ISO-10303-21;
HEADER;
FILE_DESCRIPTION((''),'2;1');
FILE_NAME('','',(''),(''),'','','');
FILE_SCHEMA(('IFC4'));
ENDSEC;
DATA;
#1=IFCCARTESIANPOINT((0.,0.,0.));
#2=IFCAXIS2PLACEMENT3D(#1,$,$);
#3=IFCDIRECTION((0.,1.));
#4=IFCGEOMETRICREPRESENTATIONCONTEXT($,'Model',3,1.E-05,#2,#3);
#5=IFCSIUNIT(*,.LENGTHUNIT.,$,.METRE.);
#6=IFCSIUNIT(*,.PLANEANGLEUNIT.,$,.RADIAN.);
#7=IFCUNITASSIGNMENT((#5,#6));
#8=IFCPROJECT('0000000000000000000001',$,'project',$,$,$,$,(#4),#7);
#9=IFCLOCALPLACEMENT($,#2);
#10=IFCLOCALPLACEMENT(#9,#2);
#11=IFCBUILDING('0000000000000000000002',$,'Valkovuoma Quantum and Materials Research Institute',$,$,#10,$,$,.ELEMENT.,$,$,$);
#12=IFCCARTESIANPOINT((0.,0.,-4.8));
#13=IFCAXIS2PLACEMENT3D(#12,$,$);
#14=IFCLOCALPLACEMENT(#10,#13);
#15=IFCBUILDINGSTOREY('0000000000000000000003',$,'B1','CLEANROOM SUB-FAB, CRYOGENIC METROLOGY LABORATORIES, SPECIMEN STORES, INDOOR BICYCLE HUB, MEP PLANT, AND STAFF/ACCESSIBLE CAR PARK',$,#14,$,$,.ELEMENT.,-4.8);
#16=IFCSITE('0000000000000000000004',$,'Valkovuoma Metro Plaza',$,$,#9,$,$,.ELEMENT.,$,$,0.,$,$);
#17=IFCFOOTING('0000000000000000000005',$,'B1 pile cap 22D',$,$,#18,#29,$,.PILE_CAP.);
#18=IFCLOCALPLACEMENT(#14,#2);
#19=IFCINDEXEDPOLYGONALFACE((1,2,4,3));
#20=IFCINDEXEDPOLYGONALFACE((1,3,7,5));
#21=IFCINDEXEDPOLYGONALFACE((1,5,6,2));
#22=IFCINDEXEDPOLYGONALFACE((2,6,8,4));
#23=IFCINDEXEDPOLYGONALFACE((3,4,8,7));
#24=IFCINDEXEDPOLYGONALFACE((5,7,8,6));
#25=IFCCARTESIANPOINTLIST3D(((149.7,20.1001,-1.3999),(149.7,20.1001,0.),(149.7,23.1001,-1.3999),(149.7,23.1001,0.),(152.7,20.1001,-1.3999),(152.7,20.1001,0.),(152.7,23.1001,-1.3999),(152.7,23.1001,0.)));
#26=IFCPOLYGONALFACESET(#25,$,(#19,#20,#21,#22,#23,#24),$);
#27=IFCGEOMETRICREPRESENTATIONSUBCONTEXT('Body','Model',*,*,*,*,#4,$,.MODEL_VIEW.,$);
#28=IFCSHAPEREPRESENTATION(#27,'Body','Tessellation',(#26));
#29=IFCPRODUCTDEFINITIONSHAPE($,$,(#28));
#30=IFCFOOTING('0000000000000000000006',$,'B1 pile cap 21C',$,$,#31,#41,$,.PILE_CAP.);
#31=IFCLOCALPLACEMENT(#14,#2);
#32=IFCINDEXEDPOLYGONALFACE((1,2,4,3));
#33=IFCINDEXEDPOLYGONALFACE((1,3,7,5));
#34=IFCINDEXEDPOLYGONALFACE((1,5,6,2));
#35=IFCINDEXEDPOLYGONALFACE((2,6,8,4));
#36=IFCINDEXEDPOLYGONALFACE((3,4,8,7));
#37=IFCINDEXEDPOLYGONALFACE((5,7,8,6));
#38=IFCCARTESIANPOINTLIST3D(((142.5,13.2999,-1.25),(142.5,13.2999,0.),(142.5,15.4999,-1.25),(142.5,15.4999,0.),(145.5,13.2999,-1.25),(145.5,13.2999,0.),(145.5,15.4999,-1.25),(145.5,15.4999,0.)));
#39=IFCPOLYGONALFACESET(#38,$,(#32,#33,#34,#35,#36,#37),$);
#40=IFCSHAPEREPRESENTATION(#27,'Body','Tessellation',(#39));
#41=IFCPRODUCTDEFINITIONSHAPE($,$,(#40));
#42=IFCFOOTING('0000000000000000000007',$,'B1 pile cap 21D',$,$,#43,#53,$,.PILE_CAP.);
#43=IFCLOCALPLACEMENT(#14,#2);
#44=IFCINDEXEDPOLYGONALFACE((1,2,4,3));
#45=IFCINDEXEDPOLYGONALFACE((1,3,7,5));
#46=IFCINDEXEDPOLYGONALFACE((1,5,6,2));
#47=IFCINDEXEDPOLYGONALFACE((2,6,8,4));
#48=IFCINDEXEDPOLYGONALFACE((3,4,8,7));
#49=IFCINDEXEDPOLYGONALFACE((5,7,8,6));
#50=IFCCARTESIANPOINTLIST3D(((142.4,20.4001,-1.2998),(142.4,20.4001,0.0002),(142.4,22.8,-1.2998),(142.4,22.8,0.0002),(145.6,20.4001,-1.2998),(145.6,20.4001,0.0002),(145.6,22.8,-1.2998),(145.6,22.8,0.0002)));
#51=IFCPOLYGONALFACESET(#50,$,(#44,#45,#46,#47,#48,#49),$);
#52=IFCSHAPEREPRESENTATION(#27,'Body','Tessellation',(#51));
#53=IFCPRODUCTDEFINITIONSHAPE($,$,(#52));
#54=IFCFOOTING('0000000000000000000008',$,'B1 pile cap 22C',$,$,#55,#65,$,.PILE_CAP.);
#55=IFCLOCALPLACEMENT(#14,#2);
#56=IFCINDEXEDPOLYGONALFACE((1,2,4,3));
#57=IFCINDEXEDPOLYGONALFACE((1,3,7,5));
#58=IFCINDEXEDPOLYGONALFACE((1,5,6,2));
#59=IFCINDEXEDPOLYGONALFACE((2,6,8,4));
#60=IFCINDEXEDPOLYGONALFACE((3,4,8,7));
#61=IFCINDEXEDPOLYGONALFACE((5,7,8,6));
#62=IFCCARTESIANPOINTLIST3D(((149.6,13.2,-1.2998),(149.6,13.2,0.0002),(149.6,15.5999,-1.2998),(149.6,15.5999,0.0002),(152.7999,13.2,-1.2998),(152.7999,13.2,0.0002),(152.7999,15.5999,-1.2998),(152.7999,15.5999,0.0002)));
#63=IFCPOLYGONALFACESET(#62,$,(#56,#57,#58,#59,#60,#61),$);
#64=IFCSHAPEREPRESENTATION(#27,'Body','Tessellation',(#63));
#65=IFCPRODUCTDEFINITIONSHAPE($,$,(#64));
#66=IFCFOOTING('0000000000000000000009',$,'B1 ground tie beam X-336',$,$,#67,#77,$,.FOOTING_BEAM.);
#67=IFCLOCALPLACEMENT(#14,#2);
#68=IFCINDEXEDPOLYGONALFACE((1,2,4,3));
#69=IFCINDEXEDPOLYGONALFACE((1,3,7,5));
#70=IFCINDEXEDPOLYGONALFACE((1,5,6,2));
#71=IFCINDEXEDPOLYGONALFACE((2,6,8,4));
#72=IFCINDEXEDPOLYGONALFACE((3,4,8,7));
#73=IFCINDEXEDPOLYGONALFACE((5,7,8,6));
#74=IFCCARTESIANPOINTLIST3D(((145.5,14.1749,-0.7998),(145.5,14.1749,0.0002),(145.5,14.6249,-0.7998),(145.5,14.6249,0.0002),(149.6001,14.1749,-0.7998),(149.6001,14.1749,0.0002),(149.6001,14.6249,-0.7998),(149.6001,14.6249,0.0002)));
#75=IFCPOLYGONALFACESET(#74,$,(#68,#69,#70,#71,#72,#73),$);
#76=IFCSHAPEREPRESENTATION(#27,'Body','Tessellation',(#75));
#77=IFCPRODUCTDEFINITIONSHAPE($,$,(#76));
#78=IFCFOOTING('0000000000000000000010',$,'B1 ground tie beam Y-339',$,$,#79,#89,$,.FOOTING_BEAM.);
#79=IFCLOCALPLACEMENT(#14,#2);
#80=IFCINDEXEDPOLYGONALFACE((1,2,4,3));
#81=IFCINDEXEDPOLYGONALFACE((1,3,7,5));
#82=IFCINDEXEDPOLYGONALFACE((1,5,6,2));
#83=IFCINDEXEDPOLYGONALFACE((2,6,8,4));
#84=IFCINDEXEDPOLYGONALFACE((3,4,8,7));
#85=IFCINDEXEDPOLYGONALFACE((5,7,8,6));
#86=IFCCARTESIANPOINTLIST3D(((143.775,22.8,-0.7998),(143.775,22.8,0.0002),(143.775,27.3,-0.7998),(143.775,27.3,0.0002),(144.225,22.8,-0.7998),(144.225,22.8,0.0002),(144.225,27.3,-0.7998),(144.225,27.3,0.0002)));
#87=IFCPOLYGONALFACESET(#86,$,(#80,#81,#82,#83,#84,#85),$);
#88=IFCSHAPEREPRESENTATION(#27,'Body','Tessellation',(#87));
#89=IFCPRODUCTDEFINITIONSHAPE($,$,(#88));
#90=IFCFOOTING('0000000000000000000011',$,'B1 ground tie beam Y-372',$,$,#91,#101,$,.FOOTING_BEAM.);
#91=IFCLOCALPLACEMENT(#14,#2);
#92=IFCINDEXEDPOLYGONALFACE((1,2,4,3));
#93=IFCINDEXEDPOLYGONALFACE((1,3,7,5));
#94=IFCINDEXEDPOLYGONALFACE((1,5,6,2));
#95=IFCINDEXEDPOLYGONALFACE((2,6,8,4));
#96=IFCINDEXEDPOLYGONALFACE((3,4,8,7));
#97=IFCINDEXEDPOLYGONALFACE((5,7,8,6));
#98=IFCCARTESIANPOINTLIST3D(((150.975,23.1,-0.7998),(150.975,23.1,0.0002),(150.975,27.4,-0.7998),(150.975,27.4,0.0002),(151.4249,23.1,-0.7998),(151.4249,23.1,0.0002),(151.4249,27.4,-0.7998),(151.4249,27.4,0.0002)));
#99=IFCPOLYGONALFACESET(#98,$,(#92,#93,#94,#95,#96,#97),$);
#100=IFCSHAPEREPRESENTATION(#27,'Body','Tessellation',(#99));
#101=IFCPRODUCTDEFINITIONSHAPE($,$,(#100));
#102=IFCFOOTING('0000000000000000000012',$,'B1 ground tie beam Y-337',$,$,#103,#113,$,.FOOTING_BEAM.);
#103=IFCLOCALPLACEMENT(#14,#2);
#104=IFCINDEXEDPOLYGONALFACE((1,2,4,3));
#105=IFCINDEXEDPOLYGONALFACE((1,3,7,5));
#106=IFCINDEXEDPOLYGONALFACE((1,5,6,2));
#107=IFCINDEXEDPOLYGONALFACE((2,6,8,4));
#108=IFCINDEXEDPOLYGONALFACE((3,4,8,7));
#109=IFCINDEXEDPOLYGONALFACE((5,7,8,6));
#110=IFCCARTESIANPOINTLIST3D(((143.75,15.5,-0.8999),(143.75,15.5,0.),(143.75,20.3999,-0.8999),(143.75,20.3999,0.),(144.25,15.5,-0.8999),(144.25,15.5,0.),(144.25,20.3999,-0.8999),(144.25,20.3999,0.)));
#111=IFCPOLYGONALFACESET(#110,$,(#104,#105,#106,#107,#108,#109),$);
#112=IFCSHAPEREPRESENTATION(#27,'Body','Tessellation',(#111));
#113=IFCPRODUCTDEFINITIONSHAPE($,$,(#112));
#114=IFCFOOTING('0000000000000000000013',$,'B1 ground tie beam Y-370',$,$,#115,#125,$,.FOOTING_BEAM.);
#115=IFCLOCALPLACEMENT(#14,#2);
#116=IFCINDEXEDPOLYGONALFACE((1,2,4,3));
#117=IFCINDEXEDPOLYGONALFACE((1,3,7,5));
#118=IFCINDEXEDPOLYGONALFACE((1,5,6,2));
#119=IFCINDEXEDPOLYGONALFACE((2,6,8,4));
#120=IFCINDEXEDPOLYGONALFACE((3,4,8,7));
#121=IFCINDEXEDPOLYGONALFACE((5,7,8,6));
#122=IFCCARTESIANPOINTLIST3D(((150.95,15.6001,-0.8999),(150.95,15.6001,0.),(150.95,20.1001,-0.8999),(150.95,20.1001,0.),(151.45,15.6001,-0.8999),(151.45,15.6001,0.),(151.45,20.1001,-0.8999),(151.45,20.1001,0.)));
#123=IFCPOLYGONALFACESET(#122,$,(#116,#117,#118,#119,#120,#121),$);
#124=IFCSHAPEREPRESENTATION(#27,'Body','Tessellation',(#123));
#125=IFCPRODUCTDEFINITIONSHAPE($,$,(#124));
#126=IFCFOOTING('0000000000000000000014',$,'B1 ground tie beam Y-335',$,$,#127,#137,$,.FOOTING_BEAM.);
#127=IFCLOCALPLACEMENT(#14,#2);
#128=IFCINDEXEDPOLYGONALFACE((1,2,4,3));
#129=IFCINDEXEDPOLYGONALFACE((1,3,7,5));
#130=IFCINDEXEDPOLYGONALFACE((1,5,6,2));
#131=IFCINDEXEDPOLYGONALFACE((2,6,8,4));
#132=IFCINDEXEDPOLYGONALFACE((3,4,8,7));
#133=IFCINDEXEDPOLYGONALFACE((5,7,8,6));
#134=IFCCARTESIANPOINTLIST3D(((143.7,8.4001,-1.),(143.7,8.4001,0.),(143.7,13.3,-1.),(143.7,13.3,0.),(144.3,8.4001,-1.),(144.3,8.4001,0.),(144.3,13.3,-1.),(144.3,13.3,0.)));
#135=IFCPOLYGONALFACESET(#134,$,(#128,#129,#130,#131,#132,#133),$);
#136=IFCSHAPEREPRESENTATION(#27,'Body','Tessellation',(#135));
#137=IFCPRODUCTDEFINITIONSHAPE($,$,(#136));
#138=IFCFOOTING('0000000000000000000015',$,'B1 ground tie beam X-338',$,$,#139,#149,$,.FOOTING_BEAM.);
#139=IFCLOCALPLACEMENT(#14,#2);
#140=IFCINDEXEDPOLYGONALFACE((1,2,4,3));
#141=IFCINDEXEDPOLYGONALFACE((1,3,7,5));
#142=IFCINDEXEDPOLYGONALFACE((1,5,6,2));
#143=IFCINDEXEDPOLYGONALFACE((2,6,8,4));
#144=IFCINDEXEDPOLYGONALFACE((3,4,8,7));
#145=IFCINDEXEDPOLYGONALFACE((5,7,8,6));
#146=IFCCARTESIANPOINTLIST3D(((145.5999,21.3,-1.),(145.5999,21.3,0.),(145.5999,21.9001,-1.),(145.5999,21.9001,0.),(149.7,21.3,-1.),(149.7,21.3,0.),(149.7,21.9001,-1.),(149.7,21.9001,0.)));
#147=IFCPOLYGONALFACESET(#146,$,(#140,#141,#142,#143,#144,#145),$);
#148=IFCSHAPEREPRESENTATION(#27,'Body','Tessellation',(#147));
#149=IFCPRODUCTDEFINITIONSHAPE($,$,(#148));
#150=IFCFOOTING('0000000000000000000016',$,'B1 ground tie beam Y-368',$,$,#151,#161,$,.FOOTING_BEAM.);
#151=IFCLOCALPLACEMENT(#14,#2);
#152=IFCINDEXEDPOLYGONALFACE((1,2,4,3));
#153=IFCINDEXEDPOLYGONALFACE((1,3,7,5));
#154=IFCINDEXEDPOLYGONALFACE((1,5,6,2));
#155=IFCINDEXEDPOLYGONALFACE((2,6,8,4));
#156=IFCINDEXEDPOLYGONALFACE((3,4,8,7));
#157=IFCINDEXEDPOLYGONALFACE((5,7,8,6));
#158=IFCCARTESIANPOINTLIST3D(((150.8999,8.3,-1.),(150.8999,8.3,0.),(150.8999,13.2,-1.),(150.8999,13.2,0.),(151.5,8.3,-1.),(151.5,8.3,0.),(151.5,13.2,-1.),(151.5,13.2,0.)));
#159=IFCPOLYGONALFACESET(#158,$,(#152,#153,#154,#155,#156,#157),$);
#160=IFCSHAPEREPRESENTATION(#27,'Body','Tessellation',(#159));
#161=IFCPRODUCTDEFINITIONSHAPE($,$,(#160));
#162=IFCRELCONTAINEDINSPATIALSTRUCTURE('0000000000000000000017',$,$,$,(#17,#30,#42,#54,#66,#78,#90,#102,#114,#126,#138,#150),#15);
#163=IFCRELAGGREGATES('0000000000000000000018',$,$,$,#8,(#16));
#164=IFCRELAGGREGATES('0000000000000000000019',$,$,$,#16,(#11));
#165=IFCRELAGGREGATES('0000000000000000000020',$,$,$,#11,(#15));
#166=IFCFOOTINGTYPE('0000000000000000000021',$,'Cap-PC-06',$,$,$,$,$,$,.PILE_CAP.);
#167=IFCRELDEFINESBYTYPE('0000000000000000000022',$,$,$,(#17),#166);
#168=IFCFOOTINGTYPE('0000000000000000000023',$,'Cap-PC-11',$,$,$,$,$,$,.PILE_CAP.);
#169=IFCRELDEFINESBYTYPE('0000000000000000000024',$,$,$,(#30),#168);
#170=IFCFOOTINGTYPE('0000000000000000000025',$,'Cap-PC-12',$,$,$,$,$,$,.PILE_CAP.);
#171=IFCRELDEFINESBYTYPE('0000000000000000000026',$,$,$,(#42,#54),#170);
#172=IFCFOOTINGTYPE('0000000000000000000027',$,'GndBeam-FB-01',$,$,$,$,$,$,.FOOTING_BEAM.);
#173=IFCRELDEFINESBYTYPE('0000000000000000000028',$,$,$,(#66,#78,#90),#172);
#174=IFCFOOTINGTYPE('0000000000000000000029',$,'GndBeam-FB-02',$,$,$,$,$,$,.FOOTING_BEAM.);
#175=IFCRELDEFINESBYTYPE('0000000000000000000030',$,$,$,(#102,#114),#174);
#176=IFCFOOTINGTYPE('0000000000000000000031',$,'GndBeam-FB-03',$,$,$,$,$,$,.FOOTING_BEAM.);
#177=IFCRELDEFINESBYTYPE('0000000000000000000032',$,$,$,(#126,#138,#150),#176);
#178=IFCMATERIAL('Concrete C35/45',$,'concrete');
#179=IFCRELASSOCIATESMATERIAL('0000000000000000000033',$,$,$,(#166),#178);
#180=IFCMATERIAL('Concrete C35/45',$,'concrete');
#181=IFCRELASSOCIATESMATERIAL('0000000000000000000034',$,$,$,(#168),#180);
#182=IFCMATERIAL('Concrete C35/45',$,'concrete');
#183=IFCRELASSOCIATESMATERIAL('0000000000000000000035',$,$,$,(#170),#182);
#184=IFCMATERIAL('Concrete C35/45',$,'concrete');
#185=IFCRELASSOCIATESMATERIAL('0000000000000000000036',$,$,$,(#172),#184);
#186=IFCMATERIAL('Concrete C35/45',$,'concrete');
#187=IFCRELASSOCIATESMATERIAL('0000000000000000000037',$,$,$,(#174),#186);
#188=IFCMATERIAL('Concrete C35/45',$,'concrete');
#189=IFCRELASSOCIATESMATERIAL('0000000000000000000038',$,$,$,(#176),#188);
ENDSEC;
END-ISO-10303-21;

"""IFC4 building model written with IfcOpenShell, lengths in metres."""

from ifc_helpers import new_model, si_unit, direction, frame, origin, origin_2d, place, context, subcontext, project, spatial, rectangle, extrude, material, type_object, element, save


model = new_model("IFC4")

# Units and contexts
model_context = context("Model", 3, precision=1e-05, world=origin(), true_north=direction((0.0, 1.0)))
body_context = subcontext(model_context, "Body", "Model", "MODEL_VIEW")
ifc_project = project(units=[si_unit("LENGTHUNIT", "METRE"), si_unit("PLANEANGLEUNIT", "RADIAN")], contexts=[model_context])

# Site, building, storey
site_placement = place(None, origin())
site = spatial("IfcSite", under=ifc_project, at=site_placement, Name="Valkovuoma Metro Plaza", CompositionType="ELEMENT", RefElevation=0.0)
building_placement = place(site_placement, origin())
building = spatial("IfcBuilding", under=site, at=building_placement, Name="Valkovuoma Quantum and Materials Research Institute", CompositionType="ELEMENT")
storey_placement = place(building_placement, frame((0.0, 0.0, -4.8)))
storey = spatial("IfcBuildingStorey", under=building, at=storey_placement, Name="B1", Description="CLEANROOM SUB-FAB, CRYOGENIC METROLOGY LABORATORIES, SPECIMEN STORES, INDOOR BICYCLE HUB, MEP PLANT, AND STAFF/ACCESSIBLE CAR PARK", CompositionType="ELEMENT", Elevation=-4.8)

# Footings
ifc_material_1 = material(Name="Concrete C35/45", Category="concrete")
footing_type_1 = type_object("IfcFootingType", Name="Cap-PC-06", PredefinedType="PILE_CAP", material=ifc_material_1)
footing_1_placement = place(storey_placement, frame((151.2, 21.6001, -1.3999), z_axis=(0.0, 0.0, 1.0), x_axis=(1.0, 0.0, 0.0)))
element("IfcFooting", 1, at=footing_1_placement, inside=storey, type_object=footing_type_1, Name="B1 pile cap 22D", PredefinedType="PILE_CAP", context=body_context, shape_type="SweptSolid", body=[
    extrude(rectangle(XDim=3.0, YDim=3.0, at=origin_2d()), origin(), (0.0, 0.0, 1.0), 1.3999),
])
ifc_material_2 = material(Name="Concrete C35/45", Category="concrete")
footing_type_2 = type_object("IfcFootingType", Name="Cap-PC-11", PredefinedType="PILE_CAP", material=ifc_material_2)
footing_2_placement = place(storey_placement, frame((144.0, 14.3999, -1.25), z_axis=(0.0, 0.0, 1.0), x_axis=(1.0, 0.0, 0.0)))
element("IfcFooting", 2, at=footing_2_placement, inside=storey, type_object=footing_type_2, Name="B1 pile cap 21C", PredefinedType="PILE_CAP", context=body_context, shape_type="SweptSolid", body=[
    extrude(rectangle(XDim=3.0, YDim=2.2, at=origin_2d()), origin(), (0.0, 0.0, 1.0), 1.25),
])
ifc_material_3 = material(Name="Concrete C35/45", Category="concrete")
footing_type_3 = type_object("IfcFootingType", Name="Cap-PC-12", PredefinedType="PILE_CAP", material=ifc_material_3)
for number, where, z_axis, x_axis, name in (
    (3, (144.0, 21.6001, -1.2998), (0.0, 0.0, 1.0), (1.0, 0.0, 0.0), "B1 pile cap 21D"),
    (4, (151.2, 14.3999, -1.2998), (0.0, 0.0, 1.0), (1.0, 0.0, 0.0), "B1 pile cap 22C"),
):
    element("IfcFooting", number, at=place(storey_placement, frame(where, z_axis=z_axis, x_axis=x_axis)), inside=storey, type_object=footing_type_3, Name=name, PredefinedType="PILE_CAP", context=body_context, shape_type="SweptSolid", body=[
        extrude(rectangle(XDim=3.2, YDim=2.3999, at=origin_2d()), origin(), (0.0, 0.0, 1.0), 1.3),
    ])
ifc_material_4 = material(Name="Concrete C35/45", Category="concrete")
footing_type_4 = type_object("IfcFootingType", Name="GndBeam-FB-01", PredefinedType="FOOTING_BEAM", material=ifc_material_4)
footing_3_placement = place(storey_placement, frame((147.55, 14.3999, -0.7998), z_axis=(0.0, 0.0, 1.0), x_axis=(1.0, 0.0, 0.0)))
element("IfcFooting", 5, at=footing_3_placement, inside=storey, type_object=footing_type_4, Name="B1 ground tie beam X-336", PredefinedType="FOOTING_BEAM", context=body_context, shape_type="SweptSolid", body=[
    extrude(rectangle(XDim=4.1001, YDim=0.45, at=origin_2d()), origin(), (0.0, 0.0, 1.0), 0.8),
])
footing_4_placement = place(storey_placement, frame((144.0, 25.05, -0.7998), z_axis=(0.0, 0.0, 1.0), x_axis=(0.0, 1.0, 0.0)))
element("IfcFooting", 6, at=footing_4_placement, inside=storey, type_object=footing_type_4, Name="B1 ground tie beam Y-339", PredefinedType="FOOTING_BEAM", context=body_context, shape_type="SweptSolid", body=[
    extrude(rectangle(XDim=4.5, YDim=0.45, at=origin_2d()), origin(), (0.0, 0.0, 1.0), 0.8),
])
footing_5_placement = place(storey_placement, frame((151.2, 25.25, -0.7998), z_axis=(0.0, 0.0, 1.0), x_axis=(0.0, 1.0, 0.0)))
element("IfcFooting", 7, at=footing_5_placement, inside=storey, type_object=footing_type_4, Name="B1 ground tie beam Y-372", PredefinedType="FOOTING_BEAM", context=body_context, shape_type="SweptSolid", body=[
    extrude(rectangle(XDim=4.3, YDim=0.45, at=origin_2d()), origin(), (0.0, 0.0, 1.0), 0.8),
])
ifc_material_5 = material(Name="Concrete C35/45", Category="concrete")
footing_type_5 = type_object("IfcFootingType", Name="GndBeam-FB-02", PredefinedType="FOOTING_BEAM", material=ifc_material_5)
footing_6_placement = place(storey_placement, frame((144.0, 17.95, -0.8999), z_axis=(0.0, 0.0, 1.0), x_axis=(0.0, 1.0, 0.0)))
element("IfcFooting", 8, at=footing_6_placement, inside=storey, type_object=footing_type_5, Name="B1 ground tie beam Y-337", PredefinedType="FOOTING_BEAM", context=body_context, shape_type="SweptSolid", body=[
    extrude(rectangle(XDim=4.8999, YDim=0.5, at=origin_2d()), origin(), (0.0, 0.0, 1.0), 0.8999),
])
footing_7_placement = place(storey_placement, frame((151.2, 17.8501, -0.8999), z_axis=(0.0, 0.0, 1.0), x_axis=(0.0, 1.0, 0.0)))
element("IfcFooting", 9, at=footing_7_placement, inside=storey, type_object=footing_type_5, Name="B1 ground tie beam Y-370", PredefinedType="FOOTING_BEAM", context=body_context, shape_type="SweptSolid", body=[
    extrude(rectangle(XDim=4.5, YDim=0.5, at=origin_2d()), origin(), (0.0, 0.0, 1.0), 0.8999),
])
ifc_material_6 = material(Name="Concrete C35/45", Category="concrete")
footing_type_6 = type_object("IfcFootingType", Name="GndBeam-FB-03", PredefinedType="FOOTING_BEAM", material=ifc_material_6)
footing_8_placement = place(storey_placement, frame((144.0, 10.8501, -1.0), z_axis=(0.0, 0.0, 1.0), x_axis=(0.0, 1.0, 0.0)))
element("IfcFooting", 10, at=footing_8_placement, inside=storey, type_object=footing_type_6, Name="B1 ground tie beam Y-335", PredefinedType="FOOTING_BEAM", context=body_context, shape_type="SweptSolid", body=[
    extrude(rectangle(XDim=4.8999, YDim=0.6001, at=origin_2d()), origin(), (0.0, 0.0, 1.0), 1.0),
])
footing_9_placement = place(storey_placement, frame((147.6499, 21.6001, -1.0), z_axis=(0.0, 0.0, 1.0), x_axis=(1.0, 0.0, 0.0)))
element("IfcFooting", 11, at=footing_9_placement, inside=storey, type_object=footing_type_6, Name="B1 ground tie beam X-338", PredefinedType="FOOTING_BEAM", context=body_context, shape_type="SweptSolid", body=[
    extrude(rectangle(XDim=4.1001, YDim=0.6001, at=origin_2d()), origin(), (0.0, 0.0, 1.0), 1.0),
])
footing_10_placement = place(storey_placement, frame((151.2, 10.75, -1.0), z_axis=(0.0, 0.0, 1.0), x_axis=(0.0, 1.0, 0.0)))
element("IfcFooting", 12, at=footing_10_placement, inside=storey, type_object=footing_type_6, Name="B1 ground tie beam Y-368", PredefinedType="FOOTING_BEAM", context=body_context, shape_type="SweptSolid", body=[
    extrude(rectangle(XDim=4.8999, YDim=0.6001, at=origin_2d()), origin(), (0.0, 0.0, 1.0), 1.0),
])

save(model, "model.ifc")
